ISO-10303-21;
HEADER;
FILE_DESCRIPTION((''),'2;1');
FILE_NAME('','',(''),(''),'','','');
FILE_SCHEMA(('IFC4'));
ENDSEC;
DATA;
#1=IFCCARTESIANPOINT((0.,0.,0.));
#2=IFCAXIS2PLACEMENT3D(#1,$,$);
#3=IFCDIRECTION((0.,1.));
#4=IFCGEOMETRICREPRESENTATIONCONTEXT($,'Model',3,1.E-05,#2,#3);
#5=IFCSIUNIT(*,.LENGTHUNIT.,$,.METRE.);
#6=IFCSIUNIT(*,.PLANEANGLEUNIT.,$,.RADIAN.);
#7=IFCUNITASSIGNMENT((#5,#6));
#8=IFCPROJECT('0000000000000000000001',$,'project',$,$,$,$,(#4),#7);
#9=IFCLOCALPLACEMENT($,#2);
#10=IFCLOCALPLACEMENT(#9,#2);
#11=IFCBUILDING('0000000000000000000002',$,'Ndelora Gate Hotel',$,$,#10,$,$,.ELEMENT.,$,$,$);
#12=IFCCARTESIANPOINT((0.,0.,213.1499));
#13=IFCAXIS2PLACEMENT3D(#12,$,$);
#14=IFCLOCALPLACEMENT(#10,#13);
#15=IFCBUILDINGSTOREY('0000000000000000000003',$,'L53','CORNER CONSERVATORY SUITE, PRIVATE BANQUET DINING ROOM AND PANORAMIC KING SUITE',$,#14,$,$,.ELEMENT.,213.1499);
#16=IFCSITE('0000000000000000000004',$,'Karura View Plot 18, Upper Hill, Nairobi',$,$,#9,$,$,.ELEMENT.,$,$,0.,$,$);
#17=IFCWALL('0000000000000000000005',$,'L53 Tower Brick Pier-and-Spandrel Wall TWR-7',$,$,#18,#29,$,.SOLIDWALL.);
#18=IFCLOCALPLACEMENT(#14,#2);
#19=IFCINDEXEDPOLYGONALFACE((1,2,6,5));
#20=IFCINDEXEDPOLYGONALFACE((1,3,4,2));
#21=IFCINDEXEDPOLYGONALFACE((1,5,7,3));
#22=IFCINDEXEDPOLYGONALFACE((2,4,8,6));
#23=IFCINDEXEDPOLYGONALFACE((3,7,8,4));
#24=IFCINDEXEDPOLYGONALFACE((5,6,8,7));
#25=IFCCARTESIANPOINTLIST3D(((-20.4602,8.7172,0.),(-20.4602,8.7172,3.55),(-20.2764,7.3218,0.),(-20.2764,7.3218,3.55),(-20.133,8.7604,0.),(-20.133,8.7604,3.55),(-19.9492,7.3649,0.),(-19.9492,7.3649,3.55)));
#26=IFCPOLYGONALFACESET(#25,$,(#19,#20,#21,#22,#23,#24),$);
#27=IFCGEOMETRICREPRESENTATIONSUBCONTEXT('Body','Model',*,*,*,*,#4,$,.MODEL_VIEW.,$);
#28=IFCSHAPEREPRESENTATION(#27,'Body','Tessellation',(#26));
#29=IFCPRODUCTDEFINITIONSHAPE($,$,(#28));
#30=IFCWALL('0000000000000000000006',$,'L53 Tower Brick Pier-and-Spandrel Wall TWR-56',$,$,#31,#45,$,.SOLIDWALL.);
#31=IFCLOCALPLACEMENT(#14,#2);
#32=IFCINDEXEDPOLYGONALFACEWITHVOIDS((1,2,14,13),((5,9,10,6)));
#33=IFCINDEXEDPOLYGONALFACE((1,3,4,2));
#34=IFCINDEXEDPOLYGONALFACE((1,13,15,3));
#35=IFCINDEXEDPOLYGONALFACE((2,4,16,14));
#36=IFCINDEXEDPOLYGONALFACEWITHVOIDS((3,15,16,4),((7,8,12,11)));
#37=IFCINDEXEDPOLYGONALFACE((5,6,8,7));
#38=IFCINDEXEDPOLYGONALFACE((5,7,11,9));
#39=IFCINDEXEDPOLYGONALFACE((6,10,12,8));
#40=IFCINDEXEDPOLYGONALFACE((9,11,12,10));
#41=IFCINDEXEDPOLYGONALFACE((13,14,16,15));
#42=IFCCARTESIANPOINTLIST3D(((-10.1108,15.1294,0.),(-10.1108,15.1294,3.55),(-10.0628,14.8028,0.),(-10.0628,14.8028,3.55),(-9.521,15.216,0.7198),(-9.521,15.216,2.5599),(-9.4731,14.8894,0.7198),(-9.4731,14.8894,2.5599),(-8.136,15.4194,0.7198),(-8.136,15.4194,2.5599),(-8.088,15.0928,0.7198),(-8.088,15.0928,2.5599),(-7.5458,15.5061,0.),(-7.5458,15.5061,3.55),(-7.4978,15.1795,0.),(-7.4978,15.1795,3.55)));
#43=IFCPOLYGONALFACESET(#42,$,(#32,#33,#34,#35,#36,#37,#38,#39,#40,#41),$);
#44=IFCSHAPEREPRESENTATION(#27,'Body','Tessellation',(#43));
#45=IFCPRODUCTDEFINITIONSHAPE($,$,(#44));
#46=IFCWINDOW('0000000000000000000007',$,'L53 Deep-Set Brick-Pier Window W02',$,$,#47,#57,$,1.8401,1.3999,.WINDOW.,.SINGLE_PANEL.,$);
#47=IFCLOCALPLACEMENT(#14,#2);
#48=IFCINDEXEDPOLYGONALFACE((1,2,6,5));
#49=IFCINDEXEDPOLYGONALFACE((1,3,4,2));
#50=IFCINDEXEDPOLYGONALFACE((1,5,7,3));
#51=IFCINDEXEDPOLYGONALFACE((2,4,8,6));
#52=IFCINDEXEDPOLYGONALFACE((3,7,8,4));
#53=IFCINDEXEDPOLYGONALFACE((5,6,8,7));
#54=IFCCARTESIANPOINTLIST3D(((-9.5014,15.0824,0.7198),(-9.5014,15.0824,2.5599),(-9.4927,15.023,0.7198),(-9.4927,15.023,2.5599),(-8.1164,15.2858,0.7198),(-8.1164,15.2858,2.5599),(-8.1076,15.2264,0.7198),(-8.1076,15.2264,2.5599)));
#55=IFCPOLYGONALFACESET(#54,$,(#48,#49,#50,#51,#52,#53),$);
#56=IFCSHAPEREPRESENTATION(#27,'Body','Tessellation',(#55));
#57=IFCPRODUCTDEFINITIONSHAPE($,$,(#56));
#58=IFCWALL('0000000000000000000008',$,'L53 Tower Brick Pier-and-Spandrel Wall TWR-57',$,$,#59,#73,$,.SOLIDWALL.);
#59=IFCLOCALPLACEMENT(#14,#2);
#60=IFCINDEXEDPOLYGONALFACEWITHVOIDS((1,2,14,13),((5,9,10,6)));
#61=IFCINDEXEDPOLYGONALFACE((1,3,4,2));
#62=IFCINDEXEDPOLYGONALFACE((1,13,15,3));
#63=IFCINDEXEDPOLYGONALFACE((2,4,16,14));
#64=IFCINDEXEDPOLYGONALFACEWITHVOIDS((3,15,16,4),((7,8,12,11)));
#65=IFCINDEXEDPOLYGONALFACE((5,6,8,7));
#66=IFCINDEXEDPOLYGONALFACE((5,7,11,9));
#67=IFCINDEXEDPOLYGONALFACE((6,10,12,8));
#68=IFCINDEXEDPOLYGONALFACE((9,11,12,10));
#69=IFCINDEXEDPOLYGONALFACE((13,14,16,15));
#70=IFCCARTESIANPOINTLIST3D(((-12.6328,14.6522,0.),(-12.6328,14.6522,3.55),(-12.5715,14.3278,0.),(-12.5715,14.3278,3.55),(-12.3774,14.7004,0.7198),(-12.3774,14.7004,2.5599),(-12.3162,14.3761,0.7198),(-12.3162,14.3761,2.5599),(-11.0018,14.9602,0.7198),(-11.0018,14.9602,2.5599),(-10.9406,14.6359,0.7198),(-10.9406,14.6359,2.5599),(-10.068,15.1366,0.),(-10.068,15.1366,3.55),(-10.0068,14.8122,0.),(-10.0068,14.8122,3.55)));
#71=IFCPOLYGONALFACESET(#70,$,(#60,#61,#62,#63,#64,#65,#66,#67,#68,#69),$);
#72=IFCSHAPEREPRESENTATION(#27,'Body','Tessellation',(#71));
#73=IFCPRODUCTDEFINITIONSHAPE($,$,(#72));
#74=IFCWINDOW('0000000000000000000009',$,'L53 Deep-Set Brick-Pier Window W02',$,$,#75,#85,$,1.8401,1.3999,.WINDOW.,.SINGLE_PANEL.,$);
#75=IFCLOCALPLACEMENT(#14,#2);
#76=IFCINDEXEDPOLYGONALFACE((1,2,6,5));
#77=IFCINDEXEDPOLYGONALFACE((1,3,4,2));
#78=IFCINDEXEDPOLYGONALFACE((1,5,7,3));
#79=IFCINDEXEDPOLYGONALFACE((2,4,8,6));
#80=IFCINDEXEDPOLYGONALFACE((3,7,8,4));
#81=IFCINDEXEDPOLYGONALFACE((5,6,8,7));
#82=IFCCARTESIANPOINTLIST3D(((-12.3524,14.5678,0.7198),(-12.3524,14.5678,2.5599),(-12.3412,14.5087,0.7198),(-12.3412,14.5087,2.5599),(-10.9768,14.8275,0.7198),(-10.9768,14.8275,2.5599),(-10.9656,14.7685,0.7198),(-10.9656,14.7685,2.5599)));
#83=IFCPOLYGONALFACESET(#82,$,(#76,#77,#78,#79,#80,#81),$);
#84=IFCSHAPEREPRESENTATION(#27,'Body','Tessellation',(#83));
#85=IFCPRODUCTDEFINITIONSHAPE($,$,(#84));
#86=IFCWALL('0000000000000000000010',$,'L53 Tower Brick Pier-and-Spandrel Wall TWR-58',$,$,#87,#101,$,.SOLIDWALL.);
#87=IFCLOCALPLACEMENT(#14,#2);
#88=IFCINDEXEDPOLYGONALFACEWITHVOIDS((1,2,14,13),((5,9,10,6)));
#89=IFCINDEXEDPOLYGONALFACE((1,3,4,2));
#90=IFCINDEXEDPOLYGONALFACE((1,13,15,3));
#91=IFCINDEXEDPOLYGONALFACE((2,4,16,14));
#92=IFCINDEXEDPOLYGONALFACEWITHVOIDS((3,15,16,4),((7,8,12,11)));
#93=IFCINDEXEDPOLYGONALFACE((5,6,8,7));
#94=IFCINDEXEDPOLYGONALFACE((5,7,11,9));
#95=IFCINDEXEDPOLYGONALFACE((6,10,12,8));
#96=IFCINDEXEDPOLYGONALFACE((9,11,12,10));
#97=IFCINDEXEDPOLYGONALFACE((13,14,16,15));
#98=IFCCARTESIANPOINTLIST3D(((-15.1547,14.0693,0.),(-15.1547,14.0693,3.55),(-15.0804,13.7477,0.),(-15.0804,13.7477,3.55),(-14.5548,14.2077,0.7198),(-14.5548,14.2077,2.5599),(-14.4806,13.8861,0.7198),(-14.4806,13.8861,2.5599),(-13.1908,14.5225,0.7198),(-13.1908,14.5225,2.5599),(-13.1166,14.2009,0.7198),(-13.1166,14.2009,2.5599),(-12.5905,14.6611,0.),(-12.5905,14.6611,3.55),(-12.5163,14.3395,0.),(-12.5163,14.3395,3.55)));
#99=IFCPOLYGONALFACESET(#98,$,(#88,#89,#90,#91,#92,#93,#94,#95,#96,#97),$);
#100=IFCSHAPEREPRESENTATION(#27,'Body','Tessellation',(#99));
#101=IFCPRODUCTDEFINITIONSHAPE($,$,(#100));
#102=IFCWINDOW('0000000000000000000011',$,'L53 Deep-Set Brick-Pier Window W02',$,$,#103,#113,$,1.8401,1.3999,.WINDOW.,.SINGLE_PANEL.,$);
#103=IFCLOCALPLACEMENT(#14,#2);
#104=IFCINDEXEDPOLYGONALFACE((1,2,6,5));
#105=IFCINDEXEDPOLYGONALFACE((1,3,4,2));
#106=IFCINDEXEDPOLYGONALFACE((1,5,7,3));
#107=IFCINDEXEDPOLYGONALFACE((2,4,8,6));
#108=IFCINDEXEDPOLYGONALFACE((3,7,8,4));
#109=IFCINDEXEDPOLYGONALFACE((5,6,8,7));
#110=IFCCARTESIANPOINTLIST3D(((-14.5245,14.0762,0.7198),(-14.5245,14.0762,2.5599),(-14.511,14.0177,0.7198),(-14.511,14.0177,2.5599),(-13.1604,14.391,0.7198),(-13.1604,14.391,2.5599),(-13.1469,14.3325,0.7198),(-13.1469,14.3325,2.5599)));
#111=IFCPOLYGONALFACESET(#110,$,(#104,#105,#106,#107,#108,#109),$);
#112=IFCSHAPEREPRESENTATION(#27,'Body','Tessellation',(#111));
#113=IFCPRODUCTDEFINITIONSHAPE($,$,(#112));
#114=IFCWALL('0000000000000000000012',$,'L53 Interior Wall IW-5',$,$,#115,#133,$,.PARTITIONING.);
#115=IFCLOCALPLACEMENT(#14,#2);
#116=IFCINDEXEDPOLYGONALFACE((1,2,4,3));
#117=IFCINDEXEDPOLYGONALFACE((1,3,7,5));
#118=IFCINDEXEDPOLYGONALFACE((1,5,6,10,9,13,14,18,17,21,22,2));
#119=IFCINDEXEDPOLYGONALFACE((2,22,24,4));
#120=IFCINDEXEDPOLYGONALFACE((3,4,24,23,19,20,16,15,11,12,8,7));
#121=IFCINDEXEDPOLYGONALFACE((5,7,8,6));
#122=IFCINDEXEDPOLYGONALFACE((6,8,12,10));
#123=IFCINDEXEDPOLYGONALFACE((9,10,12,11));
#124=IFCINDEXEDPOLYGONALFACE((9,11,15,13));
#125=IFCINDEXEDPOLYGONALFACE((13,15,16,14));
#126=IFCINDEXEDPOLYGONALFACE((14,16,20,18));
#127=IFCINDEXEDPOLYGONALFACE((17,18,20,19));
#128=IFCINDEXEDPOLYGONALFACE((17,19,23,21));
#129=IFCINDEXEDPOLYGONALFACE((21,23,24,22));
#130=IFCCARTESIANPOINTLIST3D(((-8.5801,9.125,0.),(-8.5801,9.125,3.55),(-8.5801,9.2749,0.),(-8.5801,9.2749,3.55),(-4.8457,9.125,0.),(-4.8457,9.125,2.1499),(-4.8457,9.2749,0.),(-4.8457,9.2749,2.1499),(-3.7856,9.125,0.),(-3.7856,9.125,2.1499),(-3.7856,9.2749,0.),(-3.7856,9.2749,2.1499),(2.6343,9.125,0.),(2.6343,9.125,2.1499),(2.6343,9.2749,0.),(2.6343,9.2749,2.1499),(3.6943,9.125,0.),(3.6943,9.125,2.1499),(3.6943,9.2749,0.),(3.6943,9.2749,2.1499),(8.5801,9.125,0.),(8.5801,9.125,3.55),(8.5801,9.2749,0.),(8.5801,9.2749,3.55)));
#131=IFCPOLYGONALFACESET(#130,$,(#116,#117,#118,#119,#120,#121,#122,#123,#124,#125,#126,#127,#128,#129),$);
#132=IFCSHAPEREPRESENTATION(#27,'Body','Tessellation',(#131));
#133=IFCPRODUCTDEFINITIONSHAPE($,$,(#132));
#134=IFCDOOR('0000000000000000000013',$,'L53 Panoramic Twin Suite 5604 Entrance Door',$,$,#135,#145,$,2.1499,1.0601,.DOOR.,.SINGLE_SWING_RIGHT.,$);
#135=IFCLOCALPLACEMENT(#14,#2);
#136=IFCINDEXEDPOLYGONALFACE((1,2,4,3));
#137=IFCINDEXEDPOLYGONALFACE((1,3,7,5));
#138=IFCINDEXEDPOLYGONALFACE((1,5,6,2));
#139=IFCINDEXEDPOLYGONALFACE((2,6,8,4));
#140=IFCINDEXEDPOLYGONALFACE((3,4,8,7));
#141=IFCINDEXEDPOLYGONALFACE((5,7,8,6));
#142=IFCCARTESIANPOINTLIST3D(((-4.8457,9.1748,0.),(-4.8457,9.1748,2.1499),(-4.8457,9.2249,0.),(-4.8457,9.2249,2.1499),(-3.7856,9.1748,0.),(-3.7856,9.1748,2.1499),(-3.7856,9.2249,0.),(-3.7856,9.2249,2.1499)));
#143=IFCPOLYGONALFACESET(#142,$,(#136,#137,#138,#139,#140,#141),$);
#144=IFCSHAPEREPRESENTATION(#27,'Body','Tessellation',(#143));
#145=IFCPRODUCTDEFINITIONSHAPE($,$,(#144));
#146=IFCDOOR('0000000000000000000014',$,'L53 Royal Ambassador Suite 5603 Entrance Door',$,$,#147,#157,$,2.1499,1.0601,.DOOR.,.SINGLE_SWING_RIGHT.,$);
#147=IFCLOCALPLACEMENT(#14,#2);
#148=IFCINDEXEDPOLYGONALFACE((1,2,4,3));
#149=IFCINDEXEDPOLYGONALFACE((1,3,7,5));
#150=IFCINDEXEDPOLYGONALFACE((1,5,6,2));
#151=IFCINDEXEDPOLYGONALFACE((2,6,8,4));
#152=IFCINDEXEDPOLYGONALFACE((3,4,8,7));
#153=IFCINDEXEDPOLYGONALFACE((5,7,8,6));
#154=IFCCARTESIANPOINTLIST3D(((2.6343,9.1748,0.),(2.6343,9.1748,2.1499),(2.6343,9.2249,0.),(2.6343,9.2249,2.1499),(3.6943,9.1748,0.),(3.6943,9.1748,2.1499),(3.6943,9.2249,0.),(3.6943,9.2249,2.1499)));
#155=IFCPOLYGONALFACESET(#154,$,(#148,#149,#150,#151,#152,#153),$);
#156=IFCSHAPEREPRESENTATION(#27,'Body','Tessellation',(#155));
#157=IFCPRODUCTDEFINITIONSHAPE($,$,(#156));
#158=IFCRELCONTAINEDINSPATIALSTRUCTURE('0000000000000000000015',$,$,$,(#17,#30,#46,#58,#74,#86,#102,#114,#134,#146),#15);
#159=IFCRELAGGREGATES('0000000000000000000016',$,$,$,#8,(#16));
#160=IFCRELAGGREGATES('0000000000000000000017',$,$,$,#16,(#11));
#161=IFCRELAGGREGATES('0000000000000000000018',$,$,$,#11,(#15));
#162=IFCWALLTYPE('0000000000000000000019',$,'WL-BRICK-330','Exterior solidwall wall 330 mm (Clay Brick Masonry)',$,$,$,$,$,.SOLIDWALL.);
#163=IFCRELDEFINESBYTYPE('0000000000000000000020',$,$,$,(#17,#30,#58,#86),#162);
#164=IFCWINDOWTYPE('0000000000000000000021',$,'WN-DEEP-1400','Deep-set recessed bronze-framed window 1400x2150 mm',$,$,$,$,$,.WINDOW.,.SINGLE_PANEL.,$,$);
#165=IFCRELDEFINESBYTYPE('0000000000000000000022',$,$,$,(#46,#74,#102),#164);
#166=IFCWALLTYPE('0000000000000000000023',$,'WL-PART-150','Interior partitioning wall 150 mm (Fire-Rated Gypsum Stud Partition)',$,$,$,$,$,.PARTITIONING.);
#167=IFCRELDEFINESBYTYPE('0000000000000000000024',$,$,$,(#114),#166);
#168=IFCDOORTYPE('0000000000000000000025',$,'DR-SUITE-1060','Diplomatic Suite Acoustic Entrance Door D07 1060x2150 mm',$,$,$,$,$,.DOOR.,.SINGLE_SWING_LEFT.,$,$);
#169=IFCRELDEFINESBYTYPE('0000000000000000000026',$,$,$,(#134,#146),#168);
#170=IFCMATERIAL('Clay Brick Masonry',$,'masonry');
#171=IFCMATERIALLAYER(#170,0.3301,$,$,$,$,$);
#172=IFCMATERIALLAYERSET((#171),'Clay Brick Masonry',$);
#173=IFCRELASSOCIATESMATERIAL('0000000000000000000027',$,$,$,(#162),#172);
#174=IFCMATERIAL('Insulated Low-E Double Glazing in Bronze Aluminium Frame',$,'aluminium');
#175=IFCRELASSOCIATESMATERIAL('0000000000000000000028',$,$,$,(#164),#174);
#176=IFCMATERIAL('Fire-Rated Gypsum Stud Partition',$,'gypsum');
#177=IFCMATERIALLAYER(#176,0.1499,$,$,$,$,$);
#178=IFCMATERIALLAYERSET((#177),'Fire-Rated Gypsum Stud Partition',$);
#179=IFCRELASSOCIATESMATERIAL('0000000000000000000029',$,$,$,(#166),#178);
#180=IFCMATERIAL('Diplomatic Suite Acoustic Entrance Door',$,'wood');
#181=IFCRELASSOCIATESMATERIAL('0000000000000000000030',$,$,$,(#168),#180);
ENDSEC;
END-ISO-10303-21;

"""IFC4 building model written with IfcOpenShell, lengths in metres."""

from ifc_helpers import new_model, si_unit, direction, frame, frame_2d, origin, place, context, subcontext, project, spatial, rectangle, extrude, material, layer, layer_set, type_object, element, fill, save


model = new_model("IFC4")

# Units and contexts
model_context = context("Model", 3, precision=1e-05, world=origin(), true_north=direction((0.0, 1.0)))
body_context = subcontext(model_context, "Body", "Model", "MODEL_VIEW")
ifc_project = project(units=[si_unit("LENGTHUNIT", "METRE"), si_unit("PLANEANGLEUNIT", "RADIAN")], contexts=[model_context])

# Site, building, storey
site_placement = place(None, origin())
site = spatial("IfcSite", under=ifc_project, at=site_placement, Name="Karura View Plot 18, Upper Hill, Nairobi", CompositionType="ELEMENT", RefElevation=0.0)
building_placement = place(site_placement, origin())
building = spatial("IfcBuilding", under=site, at=building_placement, Name="Ndelora Gate Hotel", CompositionType="ELEMENT")
storey_placement = place(building_placement, frame((0.0, 0.0, 213.1499)))
storey = spatial("IfcBuildingStorey", under=building, at=storey_placement, Name="L53", Description="CORNER CONSERVATORY SUITE, PRIVATE BANQUET DINING ROOM AND PANORAMIC KING SUITE", CompositionType="ELEMENT", Elevation=213.1499)

# Wall
ifc_material_1 = material(Name="Clay Brick Masonry", Category="masonry")
ifc_layer_1 = layer(ifc_material_1, 0.3301)
ifc_layer_set_1 = layer_set([ifc_layer_1], Name="Clay Brick Masonry")
wall_type_1 = type_object("IfcWallType", Name="WL-BRICK-330", Description="Exterior solidwall wall 330 mm (Clay Brick Masonry)", PredefinedType="SOLIDWALL", material=ifc_layer_set_1)
for number, where, z_axis, x_axis, name in (
    (1, (-20.1128, 7.3435, 0.0), (0.0, 0.0, 1.0), (-0.130607, 0.991434, 0.0), "L53 Tower Brick Pier-and-Spandrel Wall TWR-7"),
):
    element("IfcWall", number, at=place(storey_placement, frame(where, z_axis=z_axis, x_axis=x_axis)), inside=storey, type_object=wall_type_1, Name=name, PredefinedType="SOLIDWALL", context=body_context, shape_type="SweptSolid", body=[
        extrude(rectangle(XDim=1.4075, YDim=0.3301, at=frame_2d((0.7036, 0.0))), origin(), (0.0, 0.0, 1.0), 3.55),
    ])

# Walls, openings, windows
wall_1_placement = place(storey_placement, frame((-10.0869, 14.9661, 0.0), z_axis=(0.0, 0.0, 1.0), x_axis=(0.989386, 0.14531, 0.0)))
wall_1 = element("IfcWall", 2, at=wall_1_placement, inside=storey, type_object=wall_type_1, Name="L53 Tower Brick Pier-and-Spandrel Wall TWR-56", PredefinedType="SOLIDWALL", context=body_context, shape_type="SweptSolid", body=[
    extrude(rectangle(XDim=2.5925, YDim=0.3301, at=frame_2d((1.2964, 0.0))), origin(), (0.0, 0.0, 1.0), 3.55),
])
opening_1_placement = place(wall_1_placement, frame((0.5962, 0.0, 0.72)))
opening_1 = element("IfcOpeningElement", 3, at=opening_1_placement, cuts=wall_1, PredefinedType="OPENING", context=body_context, shape_type="SweptSolid", body=[
    extrude(rectangle(XDim=1.3999, YDim=1.8401, at=frame_2d((0.7, 0.9199))), frame((0.0, 0.175, 0.0), z_axis=(0.0, -1.0, 0.0), x_axis=(1.0, 0.0, 0.0)), (0.0, 0.0, 1.0), 0.3501),
])
ifc_material_2 = material(Name="Insulated Low-E Double Glazing in Bronze Aluminium Frame", Category="aluminium")
window_type = type_object("IfcWindowType", Name="WN-DEEP-1400", Description="Deep-set recessed bronze-framed window 1400x2150 mm", PartitioningType="SINGLE_PANEL", PredefinedType="WINDOW", material=ifc_material_2)
window_1_placement = place(opening_1_placement, origin())
window_1 = element("IfcWindow", 4, at=window_1_placement, inside=storey, type_object=window_type, Name="L53 Deep-Set Brick-Pier Window W02", OverallHeight=1.8401, OverallWidth=1.3999, PartitioningType="SINGLE_PANEL", PredefinedType="WINDOW", context=body_context, shape_type="SweptSolid", body=[
    extrude(rectangle(XDim=1.3999, YDim=1.8401, at=frame_2d((0.7, 0.9199))), frame((0.0, 0.03, 0.0), z_axis=(0.0, -1.0, 0.0), x_axis=(1.0, 0.0, 0.0)), (0.0, 0.0, 1.0), 0.0601),
])
fill(opening_1, window_1)
wall_2_placement = place(storey_placement, frame((-12.6023, 14.49, 0.0), z_axis=(0.0, 0.0, 1.0), x_axis=(0.982629, 0.185582, 0.0)))
wall_2 = element("IfcWall", 5, at=wall_2_placement, inside=storey, type_object=wall_type_1, Name="L53 Tower Brick Pier-and-Spandrel Wall TWR-57", PredefinedType="SOLIDWALL", context=body_context, shape_type="SweptSolid", body=[
    extrude(rectangle(XDim=2.6101, YDim=0.3301, at=frame_2d((1.3052, 0.0))), origin(), (0.0, 0.0, 1.0), 3.55),
])
opening_2_placement = place(wall_2_placement, frame((0.26, 0.0, 0.72)))
opening_2 = element("IfcOpeningElement", 6, at=opening_2_placement, cuts=wall_2, PredefinedType="OPENING", context=body_context, shape_type="SweptSolid", body=[
    extrude(rectangle(XDim=1.3999, YDim=1.8401, at=frame_2d((0.7, 0.9199))), frame((0.0, 0.175, 0.0), z_axis=(0.0, -1.0, 0.0), x_axis=(1.0, 0.0, 0.0)), (0.0, 0.0, 1.0), 0.3501),
])
window_2_placement = place(opening_2_placement, origin())
window_2 = element("IfcWindow", 7, at=window_2_placement, inside=storey, type_object=window_type, Name="L53 Deep-Set Brick-Pier Window W02", OverallHeight=1.8401, OverallWidth=1.3999, PartitioningType="SINGLE_PANEL", PredefinedType="WINDOW", context=body_context, shape_type="SweptSolid", body=[
    extrude(rectangle(XDim=1.3999, YDim=1.8401, at=frame_2d((0.7, 0.9199))), frame((0.0, 0.03, 0.0), z_axis=(0.0, -1.0, 0.0), x_axis=(1.0, 0.0, 0.0)), (0.0, 0.0, 1.0), 0.0601),
])
fill(opening_2, window_2)
wall_3_placement = place(storey_placement, frame((-15.1177, 13.9084, 0.0), z_axis=(0.0, 0.0, 1.0), x_axis=(0.974387, 0.22488, 0.0)))
wall_3 = element("IfcWall", 8, at=wall_3_placement, inside=storey, type_object=wall_type_1, Name="L53 Tower Brick Pier-and-Spandrel Wall TWR-58", PredefinedType="SOLIDWALL", context=body_context, shape_type="SweptSolid", body=[
    extrude(rectangle(XDim=2.6316, YDim=0.3301, at=frame_2d((1.3159, 0.0))), origin(), (0.0, 0.0, 1.0), 3.55),
])
opening_3_placement = place(wall_3_placement, frame((0.6157, 0.0, 0.72)))
opening_3 = element("IfcOpeningElement", 9, at=opening_3_placement, cuts=wall_3, PredefinedType="OPENING", context=body_context, shape_type="SweptSolid", body=[
    extrude(rectangle(XDim=1.3999, YDim=1.8401, at=frame_2d((0.7, 0.9199))), frame((0.0, 0.175, 0.0), z_axis=(0.0, -1.0, 0.0), x_axis=(1.0, 0.0, 0.0)), (0.0, 0.0, 1.0), 0.3501),
])
window_3_placement = place(opening_3_placement, origin())
window_3 = element("IfcWindow", 10, at=window_3_placement, inside=storey, type_object=window_type, Name="L53 Deep-Set Brick-Pier Window W02", OverallHeight=1.8401, OverallWidth=1.3999, PartitioningType="SINGLE_PANEL", PredefinedType="WINDOW", context=body_context, shape_type="SweptSolid", body=[
    extrude(rectangle(XDim=1.3999, YDim=1.8401, at=frame_2d((0.7, 0.9199))), frame((0.0, 0.03, 0.0), z_axis=(0.0, -1.0, 0.0), x_axis=(1.0, 0.0, 0.0)), (0.0, 0.0, 1.0), 0.0601),
])
fill(opening_3, window_3)

# Wall, openings, doors
ifc_material_3 = material(Name="Fire-Rated Gypsum Stud Partition", Category="gypsum")
ifc_layer_2 = layer(ifc_material_3, 0.1499)
ifc_layer_set_2 = layer_set([ifc_layer_2], Name="Fire-Rated Gypsum Stud Partition")
wall_type_2 = type_object("IfcWallType", Name="WL-PART-150", Description="Interior partitioning wall 150 mm (Fire-Rated Gypsum Stud Partition)", PredefinedType="PARTITIONING", material=ifc_layer_set_2)
wall_4_placement = place(storey_placement, frame((-8.5801, 9.2, 0.0), z_axis=(0.0, 0.0, 1.0), x_axis=(1.0, 0.0, 0.0)))
wall_4 = element("IfcWall", 11, at=wall_4_placement, inside=storey, type_object=wall_type_2, Name="L53 Interior Wall IW-5", PredefinedType="PARTITIONING", context=body_context, shape_type="SweptSolid", body=[
    extrude(rectangle(XDim=17.1602, YDim=0.1499, at=frame_2d((8.5801, 0.0))), origin(), (0.0, 0.0, 1.0), 3.55),
])
opening_4_placement = place(wall_4_placement, frame((3.7344, 0.0, 0.0)))
opening_4 = element("IfcOpeningElement", 12, at=opening_4_placement, cuts=wall_4, PredefinedType="OPENING", context=body_context, shape_type="SweptSolid", body=[
    extrude(rectangle(XDim=1.0601, YDim=2.1499, at=frame_2d((0.53, 1.075))), frame((0.0, 0.085, 0.0), z_axis=(0.0, -1.0, 0.0), x_axis=(1.0, 0.0, 0.0)), (0.0, 0.0, 1.0), 0.1699),
])
opening_5_placement = place(wall_4_placement, frame((11.2144, 0.0, 0.0)))
opening_5 = element("IfcOpeningElement", 13, at=opening_5_placement, cuts=wall_4, PredefinedType="OPENING", context=body_context, shape_type="SweptSolid", body=[
    extrude(rectangle(XDim=1.0601, YDim=2.1499, at=frame_2d((0.53, 1.075))), frame((0.0, 0.085, 0.0), z_axis=(0.0, -1.0, 0.0), x_axis=(1.0, 0.0, 0.0)), (0.0, 0.0, 1.0), 0.1699),
])
ifc_material_4 = material(Name="Diplomatic Suite Acoustic Entrance Door", Category="wood")
door_type = type_object("IfcDoorType", Name="DR-SUITE-1060", Description="Diplomatic Suite Acoustic Entrance Door D07 1060x2150 mm", OperationType="SINGLE_SWING_LEFT", PredefinedType="DOOR", material=ifc_material_4)
door_1_placement = place(opening_4_placement, origin())
door_1 = element("IfcDoor", 14, at=door_1_placement, inside=storey, type_object=door_type, Name="L53 Panoramic Twin Suite 5604 Entrance Door", OperationType="SINGLE_SWING_RIGHT", OverallHeight=2.1499, OverallWidth=1.0601, PredefinedType="DOOR", context=body_context, shape_type="SweptSolid", body=[
    extrude(rectangle(XDim=1.0601, YDim=2.1499, at=frame_2d((0.53, 1.075))), frame((0.0, 0.0249, 0.0), z_axis=(0.0, -1.0, 0.0), x_axis=(1.0, 0.0, 0.0)), (0.0, 0.0, 1.0), 0.05),
])
fill(opening_4, door_1)
door_2_placement = place(opening_5_placement, origin())
door_2 = element("IfcDoor", 15, at=door_2_placement, inside=storey, type_object=door_type, Name="L53 Royal Ambassador Suite 5603 Entrance Door", OperationType="SINGLE_SWING_RIGHT", OverallHeight=2.1499, OverallWidth=1.0601, PredefinedType="DOOR", context=body_context, shape_type="SweptSolid", body=[
    extrude(rectangle(XDim=1.0601, YDim=2.1499, at=frame_2d((0.53, 1.075))), frame((0.0, 0.0249, 0.0), z_axis=(0.0, -1.0, 0.0), x_axis=(1.0, 0.0, 0.0)), (0.0, 0.0, 1.0), 0.05),
])
fill(opening_5, door_2)

save(model, "model.ifc")
